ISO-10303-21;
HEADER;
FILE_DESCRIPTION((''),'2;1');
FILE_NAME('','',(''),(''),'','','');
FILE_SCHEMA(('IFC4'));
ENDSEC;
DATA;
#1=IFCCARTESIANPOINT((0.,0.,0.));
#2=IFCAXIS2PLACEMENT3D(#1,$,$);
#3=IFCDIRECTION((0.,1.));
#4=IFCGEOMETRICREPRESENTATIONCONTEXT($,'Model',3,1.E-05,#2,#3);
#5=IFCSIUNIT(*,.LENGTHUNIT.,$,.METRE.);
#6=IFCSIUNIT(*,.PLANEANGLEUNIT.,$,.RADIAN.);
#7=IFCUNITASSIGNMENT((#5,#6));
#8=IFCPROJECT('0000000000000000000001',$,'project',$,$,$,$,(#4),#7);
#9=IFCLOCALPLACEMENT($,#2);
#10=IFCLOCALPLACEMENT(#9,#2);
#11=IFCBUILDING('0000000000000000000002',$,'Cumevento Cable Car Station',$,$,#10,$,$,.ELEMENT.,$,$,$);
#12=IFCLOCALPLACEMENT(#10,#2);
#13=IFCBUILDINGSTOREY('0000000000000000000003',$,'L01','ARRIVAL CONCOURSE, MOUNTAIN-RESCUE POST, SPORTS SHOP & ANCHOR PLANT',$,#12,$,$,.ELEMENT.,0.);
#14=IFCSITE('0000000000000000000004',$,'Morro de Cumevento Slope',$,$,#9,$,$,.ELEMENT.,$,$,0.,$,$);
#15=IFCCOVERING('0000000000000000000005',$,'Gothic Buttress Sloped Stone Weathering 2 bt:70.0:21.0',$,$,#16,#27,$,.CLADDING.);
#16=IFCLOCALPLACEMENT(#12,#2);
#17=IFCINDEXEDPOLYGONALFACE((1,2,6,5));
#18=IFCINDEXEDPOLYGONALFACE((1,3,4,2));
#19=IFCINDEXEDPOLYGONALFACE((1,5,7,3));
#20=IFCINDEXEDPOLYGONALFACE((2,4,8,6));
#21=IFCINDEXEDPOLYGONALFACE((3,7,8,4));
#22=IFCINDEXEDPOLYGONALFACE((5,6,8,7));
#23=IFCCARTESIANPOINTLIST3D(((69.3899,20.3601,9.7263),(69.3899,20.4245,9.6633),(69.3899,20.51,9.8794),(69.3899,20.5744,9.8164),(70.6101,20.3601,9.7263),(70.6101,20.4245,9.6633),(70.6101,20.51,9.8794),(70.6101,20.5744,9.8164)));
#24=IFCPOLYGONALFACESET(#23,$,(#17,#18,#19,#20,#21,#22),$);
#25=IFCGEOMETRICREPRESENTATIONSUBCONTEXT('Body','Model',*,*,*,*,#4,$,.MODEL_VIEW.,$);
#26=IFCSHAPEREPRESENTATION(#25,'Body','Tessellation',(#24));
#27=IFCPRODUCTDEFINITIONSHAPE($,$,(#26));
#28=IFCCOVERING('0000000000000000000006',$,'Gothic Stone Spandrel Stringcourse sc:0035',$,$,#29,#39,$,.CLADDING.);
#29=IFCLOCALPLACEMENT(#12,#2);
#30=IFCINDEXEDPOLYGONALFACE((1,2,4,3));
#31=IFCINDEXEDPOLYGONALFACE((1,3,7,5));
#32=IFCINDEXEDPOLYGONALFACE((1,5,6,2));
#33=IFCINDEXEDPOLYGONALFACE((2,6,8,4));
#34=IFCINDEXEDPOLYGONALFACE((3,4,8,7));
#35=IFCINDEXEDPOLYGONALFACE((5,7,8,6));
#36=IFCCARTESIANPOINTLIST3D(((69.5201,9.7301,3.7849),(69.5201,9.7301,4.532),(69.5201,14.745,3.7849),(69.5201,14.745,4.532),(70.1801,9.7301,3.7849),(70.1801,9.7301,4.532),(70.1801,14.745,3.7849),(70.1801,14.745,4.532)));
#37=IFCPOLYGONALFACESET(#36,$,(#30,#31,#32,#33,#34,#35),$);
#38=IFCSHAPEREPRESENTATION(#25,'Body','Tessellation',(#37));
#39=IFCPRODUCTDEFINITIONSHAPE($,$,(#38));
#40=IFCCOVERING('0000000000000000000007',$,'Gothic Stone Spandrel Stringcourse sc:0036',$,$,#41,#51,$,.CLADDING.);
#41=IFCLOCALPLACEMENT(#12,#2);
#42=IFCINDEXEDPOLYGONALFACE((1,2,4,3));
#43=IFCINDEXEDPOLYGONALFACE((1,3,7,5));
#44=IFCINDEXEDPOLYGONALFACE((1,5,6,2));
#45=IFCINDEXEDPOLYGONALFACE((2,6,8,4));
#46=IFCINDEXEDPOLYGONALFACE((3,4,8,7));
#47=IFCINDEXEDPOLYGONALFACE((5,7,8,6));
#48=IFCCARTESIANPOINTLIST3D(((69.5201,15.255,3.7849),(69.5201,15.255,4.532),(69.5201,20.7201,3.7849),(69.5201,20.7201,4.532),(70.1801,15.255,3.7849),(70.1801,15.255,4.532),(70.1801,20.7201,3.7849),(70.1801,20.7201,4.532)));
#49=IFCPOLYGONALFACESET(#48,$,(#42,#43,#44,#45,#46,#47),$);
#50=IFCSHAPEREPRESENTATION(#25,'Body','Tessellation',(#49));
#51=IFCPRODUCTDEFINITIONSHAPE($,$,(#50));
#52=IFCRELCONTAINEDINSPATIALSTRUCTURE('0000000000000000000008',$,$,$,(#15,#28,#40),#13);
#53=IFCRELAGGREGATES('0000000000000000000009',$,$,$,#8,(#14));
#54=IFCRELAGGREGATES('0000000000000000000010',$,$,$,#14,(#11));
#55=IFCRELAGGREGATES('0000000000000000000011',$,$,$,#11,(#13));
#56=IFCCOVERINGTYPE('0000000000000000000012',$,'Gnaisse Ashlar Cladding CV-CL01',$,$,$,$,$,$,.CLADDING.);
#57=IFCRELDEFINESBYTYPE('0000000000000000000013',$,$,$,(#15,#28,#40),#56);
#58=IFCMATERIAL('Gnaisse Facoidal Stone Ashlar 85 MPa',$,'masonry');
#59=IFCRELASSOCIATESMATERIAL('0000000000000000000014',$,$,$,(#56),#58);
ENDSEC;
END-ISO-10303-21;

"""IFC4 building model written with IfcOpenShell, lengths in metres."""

from ifc_helpers import new_model, si_unit, direction, frame, origin, origin_2d, place, context, subcontext, project, spatial, polyline, rectangle, outline, extrude, material, type_object, element, save


model = new_model("IFC4")

# Units and contexts
model_context = context("Model", 3, precision=1e-05, world=origin(), true_north=direction((0.0, 1.0)))
body_context = subcontext(model_context, "Body", "Model", "MODEL_VIEW")
ifc_project = project(units=[si_unit("LENGTHUNIT", "METRE"), si_unit("PLANEANGLEUNIT", "RADIAN")], contexts=[model_context])

# Site, building, storey
site_placement = place(None, origin())
site = spatial("IfcSite", under=ifc_project, at=site_placement, Name="Morro de Cumevento Slope", CompositionType="ELEMENT", RefElevation=0.0)
building_placement = place(site_placement, origin())
building = spatial("IfcBuilding", under=site, at=building_placement, Name="Cumevento Cable Car Station", CompositionType="ELEMENT")
storey_placement = place(building_placement, origin())
storey = spatial("IfcBuildingStorey", under=building, at=storey_placement, Name="L01", Description="ARRIVAL CONCOURSE, MOUNTAIN-RESCUE POST, SPORTS SHOP & ANCHOR PLANT", CompositionType="ELEMENT", Elevation=0.0)

# Coverings
ifc_material_1 = material(Name="Gnaisse Facoidal Stone Ashlar 85 MPa", Category="masonry")
covering_type = type_object("IfcCoveringType", Name="Gnaisse Ashlar Cladding CV-CL01", PredefinedType="CLADDING", material=ifc_material_1)
covering_1_placement = place(storey_placement, frame((69.3899, 20.3601, 9.7263), z_axis=(0.0, -0.714475, 0.699661), x_axis=(1.0, 0.0, 0.0)))
element("IfcCovering", 1, at=covering_1_placement, inside=storey, type_object=covering_type, Name="Gothic Buttress Sloped Stone Weathering 2 bt:70.0:21.0", PredefinedType="CLADDING", context=body_context, shape_type="SweptSolid", body=[
    extrude(outline(polyline([(0.0, 0.0), (1.2202, 0.0), (1.2202, 0.2142), (0.0, 0.2142), (0.0, 0.0)])), origin(), (0.0, 0.0, -1.0), 0.0901),
])
covering_2_placement = place(storey_placement, frame((69.8501, 12.2375, 3.7849), z_axis=(0.0, 0.0, 1.0), x_axis=(0.0, -1.0, 0.0)))
element("IfcCovering", 2, at=covering_2_placement, inside=storey, type_object=covering_type, Name="Gothic Stone Spandrel Stringcourse sc:0035", PredefinedType="CLADDING", context=body_context, shape_type="SweptSolid", body=[
    extrude(rectangle(XDim=5.0149, YDim=0.6599, at=origin_2d()), origin(), (0.0, 0.0, 1.0), 0.7471),
])
covering_3_placement = place(storey_placement, frame((69.8501, 17.9875, 3.7849), z_axis=(0.0, 0.0, 1.0), x_axis=(0.0, -1.0, 0.0)))
element("IfcCovering", 3, at=covering_3_placement, inside=storey, type_object=covering_type, Name="Gothic Stone Spandrel Stringcourse sc:0036", PredefinedType="CLADDING", context=body_context, shape_type="SweptSolid", body=[
    extrude(rectangle(XDim=5.4651, YDim=0.6599, at=origin_2d()), origin(), (0.0, 0.0, 1.0), 0.7471),
])

save(model, "model.ifc")
